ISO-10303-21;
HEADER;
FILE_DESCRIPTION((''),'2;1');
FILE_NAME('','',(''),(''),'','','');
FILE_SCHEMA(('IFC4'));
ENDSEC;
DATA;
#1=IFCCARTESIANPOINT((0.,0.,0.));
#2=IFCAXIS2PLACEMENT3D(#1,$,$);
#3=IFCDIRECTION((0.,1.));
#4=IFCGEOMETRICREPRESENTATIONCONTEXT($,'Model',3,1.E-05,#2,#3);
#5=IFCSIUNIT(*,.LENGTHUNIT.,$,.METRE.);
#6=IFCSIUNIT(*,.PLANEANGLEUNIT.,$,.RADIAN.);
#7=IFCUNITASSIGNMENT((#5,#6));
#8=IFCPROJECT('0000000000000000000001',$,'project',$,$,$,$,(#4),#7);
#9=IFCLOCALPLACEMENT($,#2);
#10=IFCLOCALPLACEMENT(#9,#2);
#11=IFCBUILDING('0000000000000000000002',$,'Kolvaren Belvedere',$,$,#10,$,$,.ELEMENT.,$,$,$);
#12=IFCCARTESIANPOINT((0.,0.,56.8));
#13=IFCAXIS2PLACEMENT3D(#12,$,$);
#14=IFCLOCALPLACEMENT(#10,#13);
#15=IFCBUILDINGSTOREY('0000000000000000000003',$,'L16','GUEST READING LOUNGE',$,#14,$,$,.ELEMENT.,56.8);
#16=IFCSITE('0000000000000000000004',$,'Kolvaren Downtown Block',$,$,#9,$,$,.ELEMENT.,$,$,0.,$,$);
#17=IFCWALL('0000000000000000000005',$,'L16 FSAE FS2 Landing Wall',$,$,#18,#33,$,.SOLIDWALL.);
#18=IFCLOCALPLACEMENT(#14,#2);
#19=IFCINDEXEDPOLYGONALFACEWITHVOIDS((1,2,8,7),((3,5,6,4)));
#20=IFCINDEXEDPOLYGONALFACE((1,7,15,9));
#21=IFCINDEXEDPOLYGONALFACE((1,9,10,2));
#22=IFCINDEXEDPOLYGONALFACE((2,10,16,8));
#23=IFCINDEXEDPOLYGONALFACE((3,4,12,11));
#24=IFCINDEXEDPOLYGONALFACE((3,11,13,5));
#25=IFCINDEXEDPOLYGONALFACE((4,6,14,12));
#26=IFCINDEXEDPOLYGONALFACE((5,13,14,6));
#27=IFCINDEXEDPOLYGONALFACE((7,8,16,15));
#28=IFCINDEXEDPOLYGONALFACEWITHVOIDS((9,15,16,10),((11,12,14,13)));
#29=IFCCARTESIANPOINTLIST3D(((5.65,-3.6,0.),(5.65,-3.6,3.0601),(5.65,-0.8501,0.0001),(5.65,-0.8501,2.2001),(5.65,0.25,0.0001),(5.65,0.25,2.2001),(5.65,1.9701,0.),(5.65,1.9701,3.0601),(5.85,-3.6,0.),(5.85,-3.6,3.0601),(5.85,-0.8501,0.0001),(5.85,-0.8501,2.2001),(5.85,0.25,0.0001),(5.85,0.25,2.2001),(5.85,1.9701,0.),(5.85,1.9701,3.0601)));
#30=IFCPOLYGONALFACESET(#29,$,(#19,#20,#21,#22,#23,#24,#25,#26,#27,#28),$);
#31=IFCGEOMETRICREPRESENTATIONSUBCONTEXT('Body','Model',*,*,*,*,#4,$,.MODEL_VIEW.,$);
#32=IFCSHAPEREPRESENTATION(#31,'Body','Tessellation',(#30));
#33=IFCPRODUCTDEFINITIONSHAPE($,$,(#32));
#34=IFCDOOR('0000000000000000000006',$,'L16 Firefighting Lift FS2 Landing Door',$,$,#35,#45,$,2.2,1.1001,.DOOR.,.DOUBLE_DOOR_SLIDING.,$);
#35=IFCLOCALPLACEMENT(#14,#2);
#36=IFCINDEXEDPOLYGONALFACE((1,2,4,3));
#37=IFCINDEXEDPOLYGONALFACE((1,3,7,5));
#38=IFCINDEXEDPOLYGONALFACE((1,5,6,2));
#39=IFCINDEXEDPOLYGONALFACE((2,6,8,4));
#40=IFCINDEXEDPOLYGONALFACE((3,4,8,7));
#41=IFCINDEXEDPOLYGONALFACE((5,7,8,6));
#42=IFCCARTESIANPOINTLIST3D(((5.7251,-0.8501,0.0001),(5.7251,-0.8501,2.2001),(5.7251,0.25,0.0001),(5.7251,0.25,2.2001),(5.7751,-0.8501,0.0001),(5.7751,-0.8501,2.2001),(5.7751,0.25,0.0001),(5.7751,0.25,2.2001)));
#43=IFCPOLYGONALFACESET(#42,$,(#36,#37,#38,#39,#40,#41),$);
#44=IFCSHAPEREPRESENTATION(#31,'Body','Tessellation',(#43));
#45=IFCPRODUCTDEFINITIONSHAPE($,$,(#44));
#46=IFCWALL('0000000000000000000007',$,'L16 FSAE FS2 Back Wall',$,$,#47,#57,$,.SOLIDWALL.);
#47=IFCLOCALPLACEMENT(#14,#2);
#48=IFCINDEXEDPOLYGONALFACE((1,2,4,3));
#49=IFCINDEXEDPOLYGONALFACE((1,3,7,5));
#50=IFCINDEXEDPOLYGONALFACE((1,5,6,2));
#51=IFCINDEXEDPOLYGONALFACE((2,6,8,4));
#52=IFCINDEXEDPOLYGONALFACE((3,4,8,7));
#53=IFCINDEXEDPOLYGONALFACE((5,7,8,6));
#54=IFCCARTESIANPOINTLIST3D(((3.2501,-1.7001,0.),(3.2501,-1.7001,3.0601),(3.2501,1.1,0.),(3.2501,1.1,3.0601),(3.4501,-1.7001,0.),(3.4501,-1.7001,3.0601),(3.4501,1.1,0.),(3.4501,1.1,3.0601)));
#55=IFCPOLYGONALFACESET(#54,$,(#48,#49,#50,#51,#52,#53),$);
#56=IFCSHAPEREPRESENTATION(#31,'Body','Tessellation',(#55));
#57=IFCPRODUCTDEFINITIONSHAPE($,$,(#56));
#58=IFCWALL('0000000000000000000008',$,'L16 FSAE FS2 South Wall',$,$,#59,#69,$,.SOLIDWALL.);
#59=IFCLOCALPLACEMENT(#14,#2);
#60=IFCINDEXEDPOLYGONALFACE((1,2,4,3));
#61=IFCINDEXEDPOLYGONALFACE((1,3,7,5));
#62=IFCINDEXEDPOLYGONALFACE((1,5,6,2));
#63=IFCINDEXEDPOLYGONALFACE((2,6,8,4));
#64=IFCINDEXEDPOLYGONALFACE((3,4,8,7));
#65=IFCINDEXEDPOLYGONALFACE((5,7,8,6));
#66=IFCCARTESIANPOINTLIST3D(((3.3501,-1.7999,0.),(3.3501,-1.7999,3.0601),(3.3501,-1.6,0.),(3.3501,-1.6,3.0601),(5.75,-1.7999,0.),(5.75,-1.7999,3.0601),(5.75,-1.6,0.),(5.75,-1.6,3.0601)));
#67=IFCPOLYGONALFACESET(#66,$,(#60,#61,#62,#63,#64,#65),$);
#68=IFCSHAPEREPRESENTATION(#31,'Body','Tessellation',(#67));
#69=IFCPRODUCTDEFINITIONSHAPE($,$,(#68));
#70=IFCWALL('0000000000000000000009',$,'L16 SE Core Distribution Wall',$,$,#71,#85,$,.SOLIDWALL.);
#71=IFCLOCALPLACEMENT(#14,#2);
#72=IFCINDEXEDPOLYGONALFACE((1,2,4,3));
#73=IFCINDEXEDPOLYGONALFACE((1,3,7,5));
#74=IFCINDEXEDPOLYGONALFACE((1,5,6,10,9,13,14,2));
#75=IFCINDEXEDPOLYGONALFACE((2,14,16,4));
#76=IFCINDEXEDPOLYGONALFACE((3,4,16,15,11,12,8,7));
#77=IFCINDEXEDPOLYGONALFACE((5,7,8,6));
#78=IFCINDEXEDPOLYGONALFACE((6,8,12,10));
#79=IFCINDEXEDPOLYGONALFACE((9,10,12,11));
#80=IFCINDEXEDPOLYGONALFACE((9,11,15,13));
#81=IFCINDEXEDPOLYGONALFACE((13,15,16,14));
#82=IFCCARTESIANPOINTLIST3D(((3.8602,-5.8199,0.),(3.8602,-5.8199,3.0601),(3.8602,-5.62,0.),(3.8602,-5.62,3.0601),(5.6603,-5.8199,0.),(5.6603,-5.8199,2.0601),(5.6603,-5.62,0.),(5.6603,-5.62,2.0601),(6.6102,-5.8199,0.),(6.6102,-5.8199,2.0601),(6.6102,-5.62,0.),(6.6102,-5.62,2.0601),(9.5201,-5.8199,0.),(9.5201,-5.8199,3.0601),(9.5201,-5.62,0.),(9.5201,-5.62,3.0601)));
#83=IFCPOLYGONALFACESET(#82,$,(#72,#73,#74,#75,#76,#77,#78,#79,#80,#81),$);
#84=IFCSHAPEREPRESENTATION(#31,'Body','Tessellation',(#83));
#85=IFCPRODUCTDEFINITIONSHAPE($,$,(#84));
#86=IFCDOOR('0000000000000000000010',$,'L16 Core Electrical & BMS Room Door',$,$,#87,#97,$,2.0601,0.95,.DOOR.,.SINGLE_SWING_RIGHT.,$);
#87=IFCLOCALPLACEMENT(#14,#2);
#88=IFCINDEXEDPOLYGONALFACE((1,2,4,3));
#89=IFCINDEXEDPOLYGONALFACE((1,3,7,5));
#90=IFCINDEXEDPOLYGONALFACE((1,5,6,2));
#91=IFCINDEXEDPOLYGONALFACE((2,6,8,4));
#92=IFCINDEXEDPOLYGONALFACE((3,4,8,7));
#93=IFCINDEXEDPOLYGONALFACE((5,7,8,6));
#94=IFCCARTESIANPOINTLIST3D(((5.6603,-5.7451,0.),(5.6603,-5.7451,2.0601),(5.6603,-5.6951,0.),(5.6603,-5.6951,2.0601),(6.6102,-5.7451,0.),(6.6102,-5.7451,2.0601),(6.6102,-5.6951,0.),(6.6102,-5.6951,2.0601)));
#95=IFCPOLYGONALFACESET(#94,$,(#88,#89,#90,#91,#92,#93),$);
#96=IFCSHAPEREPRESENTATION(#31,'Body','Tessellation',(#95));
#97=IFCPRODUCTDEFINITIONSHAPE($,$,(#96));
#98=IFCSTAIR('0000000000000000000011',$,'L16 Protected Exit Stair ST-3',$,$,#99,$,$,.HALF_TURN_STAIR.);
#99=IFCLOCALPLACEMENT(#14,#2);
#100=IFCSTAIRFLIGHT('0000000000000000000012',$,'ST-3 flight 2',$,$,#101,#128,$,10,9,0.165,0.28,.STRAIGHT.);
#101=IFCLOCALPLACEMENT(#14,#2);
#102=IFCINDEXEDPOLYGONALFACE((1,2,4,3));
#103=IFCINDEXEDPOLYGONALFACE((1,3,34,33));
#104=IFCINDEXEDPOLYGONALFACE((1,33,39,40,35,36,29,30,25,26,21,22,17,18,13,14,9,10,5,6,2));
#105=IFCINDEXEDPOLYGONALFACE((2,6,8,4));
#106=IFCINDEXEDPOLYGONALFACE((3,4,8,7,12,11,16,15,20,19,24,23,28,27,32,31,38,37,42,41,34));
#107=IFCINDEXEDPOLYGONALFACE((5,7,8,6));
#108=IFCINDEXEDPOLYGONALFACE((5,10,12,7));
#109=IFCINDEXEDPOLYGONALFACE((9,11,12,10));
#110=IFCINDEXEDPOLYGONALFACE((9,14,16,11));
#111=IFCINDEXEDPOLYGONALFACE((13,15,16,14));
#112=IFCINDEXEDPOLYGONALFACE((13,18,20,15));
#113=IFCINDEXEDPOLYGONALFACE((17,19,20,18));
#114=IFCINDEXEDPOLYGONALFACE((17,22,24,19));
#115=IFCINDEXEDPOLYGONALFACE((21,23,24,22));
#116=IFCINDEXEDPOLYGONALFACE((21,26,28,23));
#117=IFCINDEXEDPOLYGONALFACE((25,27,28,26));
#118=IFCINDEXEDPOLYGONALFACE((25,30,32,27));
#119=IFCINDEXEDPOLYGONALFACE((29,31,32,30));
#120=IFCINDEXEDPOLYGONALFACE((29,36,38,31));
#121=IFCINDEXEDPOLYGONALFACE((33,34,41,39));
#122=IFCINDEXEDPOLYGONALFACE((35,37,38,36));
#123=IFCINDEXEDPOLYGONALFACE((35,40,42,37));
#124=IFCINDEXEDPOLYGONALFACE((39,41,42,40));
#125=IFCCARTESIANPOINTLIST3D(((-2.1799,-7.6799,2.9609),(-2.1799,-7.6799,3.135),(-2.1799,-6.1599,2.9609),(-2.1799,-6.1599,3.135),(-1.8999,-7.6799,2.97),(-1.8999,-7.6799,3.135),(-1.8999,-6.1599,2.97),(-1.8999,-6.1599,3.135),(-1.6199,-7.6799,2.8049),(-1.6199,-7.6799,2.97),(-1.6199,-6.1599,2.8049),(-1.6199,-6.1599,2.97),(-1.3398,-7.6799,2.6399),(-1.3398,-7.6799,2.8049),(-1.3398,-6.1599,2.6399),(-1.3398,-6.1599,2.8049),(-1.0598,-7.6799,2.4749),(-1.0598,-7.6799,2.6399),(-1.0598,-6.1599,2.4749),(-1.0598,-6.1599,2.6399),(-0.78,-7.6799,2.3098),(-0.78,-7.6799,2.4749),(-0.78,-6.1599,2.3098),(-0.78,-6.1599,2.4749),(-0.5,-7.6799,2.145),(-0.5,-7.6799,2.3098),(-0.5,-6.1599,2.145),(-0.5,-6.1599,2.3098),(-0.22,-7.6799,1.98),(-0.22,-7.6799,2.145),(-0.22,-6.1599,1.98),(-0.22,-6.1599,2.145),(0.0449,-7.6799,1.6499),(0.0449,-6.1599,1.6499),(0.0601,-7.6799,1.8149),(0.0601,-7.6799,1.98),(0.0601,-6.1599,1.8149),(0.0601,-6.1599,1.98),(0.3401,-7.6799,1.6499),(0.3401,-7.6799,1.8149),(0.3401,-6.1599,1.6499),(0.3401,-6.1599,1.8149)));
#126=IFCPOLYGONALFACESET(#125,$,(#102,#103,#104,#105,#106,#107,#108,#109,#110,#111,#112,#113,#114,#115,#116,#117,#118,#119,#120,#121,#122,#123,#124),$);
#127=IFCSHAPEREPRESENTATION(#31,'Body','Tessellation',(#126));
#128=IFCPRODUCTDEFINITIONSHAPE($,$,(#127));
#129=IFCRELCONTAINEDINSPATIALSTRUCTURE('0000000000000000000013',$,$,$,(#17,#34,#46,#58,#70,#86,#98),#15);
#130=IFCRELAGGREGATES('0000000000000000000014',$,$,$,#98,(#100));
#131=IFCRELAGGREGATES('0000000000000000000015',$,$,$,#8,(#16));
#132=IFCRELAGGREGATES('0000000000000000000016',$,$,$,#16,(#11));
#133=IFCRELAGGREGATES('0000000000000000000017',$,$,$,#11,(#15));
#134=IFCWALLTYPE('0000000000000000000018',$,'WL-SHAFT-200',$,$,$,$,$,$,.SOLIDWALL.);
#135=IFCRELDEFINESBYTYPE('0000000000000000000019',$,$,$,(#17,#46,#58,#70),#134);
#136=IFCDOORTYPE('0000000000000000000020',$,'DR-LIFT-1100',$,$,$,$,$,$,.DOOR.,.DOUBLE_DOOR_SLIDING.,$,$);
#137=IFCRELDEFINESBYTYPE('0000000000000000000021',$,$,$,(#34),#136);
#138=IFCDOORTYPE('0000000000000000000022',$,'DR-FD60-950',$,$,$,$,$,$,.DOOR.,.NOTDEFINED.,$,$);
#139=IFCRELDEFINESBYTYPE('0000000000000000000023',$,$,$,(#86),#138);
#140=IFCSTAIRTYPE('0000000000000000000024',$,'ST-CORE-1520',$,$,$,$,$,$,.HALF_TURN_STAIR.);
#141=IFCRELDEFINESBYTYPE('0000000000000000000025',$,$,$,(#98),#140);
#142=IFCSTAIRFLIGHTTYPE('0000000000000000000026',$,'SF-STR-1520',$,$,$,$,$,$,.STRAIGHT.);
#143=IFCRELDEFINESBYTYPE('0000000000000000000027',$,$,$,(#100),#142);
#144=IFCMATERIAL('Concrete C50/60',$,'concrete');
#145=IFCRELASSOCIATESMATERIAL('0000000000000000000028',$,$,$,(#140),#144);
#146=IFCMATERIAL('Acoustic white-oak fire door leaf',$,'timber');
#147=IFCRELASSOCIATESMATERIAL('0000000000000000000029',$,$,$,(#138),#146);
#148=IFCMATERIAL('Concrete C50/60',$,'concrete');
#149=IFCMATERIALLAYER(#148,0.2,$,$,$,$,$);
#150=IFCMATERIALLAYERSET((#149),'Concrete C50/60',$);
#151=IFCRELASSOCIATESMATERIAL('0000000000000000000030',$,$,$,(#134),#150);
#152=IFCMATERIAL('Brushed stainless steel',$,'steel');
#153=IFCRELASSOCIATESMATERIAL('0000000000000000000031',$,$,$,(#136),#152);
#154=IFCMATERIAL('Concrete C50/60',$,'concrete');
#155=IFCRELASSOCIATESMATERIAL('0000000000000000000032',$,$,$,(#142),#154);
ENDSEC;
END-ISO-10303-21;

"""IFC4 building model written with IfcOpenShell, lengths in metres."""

from ifc_helpers import new_model, si_unit, direction, frame, frame_2d, origin, place, context, subcontext, project, spatial, polyline, rectangle, outline, extrude, material, layer, layer_set, type_object, element, fill, aggregate, save


model = new_model("IFC4")

# Units and contexts
model_context = context("Model", 3, precision=1e-05, world=origin(), true_north=direction((0.0, 1.0)))
body_context = subcontext(model_context, "Body", "Model", "MODEL_VIEW")
ifc_project = project(units=[si_unit("LENGTHUNIT", "METRE"), si_unit("PLANEANGLEUNIT", "RADIAN")], contexts=[model_context])

# Site, building, storey
site_placement = place(None, origin())
site = spatial("IfcSite", under=ifc_project, at=site_placement, Name="Kolvaren Downtown Block", CompositionType="ELEMENT", RefElevation=0.0)
building_placement = place(site_placement, origin())
building = spatial("IfcBuilding", under=site, at=building_placement, Name="Kolvaren Belvedere", CompositionType="ELEMENT")
storey_placement = place(building_placement, frame((0.0, 0.0, 56.8)))
storey = spatial("IfcBuildingStorey", under=building, at=storey_placement, Name="L16", Description="GUEST READING LOUNGE", CompositionType="ELEMENT", Elevation=56.8)

# Shared definitions
ifc_material_1 = material(Name="Concrete C50/60", Category="concrete")
stair_type = type_object("IfcStairType", Name="ST-CORE-1520", PredefinedType="HALF_TURN_STAIR", material=ifc_material_1)

# Wall, opening, door
ifc_material_2 = material(Name="Acoustic white-oak fire door leaf", Category="timber")
door_type_1 = type_object("IfcDoorType", Name="DR-FD60-950", OperationType="NOTDEFINED", PredefinedType="DOOR", material=ifc_material_2)
ifc_material_3 = material(Name="Concrete C50/60", Category="concrete")
ifc_layer_1 = layer(ifc_material_3, 0.2)
ifc_layer_set_1 = layer_set([ifc_layer_1], Name="Concrete C50/60")
wall_type_1 = type_object("IfcWallType", Name="WL-SHAFT-200", PredefinedType="SOLIDWALL", material=ifc_layer_set_1)
wall_1_placement = place(storey_placement, frame((5.75, -3.6001, 0.0), z_axis=(0.0, 0.0, 1.0), x_axis=(0.0, 1.0, 0.0)))
wall_1 = element("IfcWall", 1, at=wall_1_placement, inside=storey, type_object=wall_type_1, Name="L16 FSAE FS2 Landing Wall", PredefinedType="SOLIDWALL", context=body_context, shape_type="SweptSolid", body=[
    extrude(rectangle(XDim=5.5701, YDim=0.2, at=frame_2d((2.7852, 0.0))), origin(), (0.0, 0.0, 1.0), 3.0601),
])
opening_1_placement = place(wall_1_placement, frame((2.75, 0.0, 0.0)))
opening_1 = element("IfcOpeningElement", 2, at=opening_1_placement, cuts=wall_1, PredefinedType="OPENING", context=body_context, shape_type="SweptSolid", body=[
    extrude(rectangle(XDim=1.1001, YDim=2.2, at=frame_2d((0.55, 1.1001))), frame((0.0, 0.1099, 0.0), z_axis=(0.0, -1.0, 0.0), x_axis=(1.0, 0.0, 0.0)), (0.0, 0.0, 1.0), 0.22),
])
ifc_material_4 = material(Name="Brushed stainless steel", Category="steel")
door_type_2 = type_object("IfcDoorType", Name="DR-LIFT-1100", OperationType="DOUBLE_DOOR_SLIDING", PredefinedType="DOOR", material=ifc_material_4)
door_1_placement = place(opening_1_placement, origin())
door_1 = element("IfcDoor", 3, at=door_1_placement, inside=storey, type_object=door_type_2, Name="L16 Firefighting Lift FS2 Landing Door", OperationType="DOUBLE_DOOR_SLIDING", OverallHeight=2.2, OverallWidth=1.1001, PredefinedType="DOOR", context=body_context, shape_type="SweptSolid", body=[
    extrude(rectangle(XDim=1.1001, YDim=2.2, at=frame_2d((0.55, 1.1001))), frame((0.0, 0.0249, 0.0), z_axis=(0.0, -1.0, 0.0), x_axis=(1.0, 0.0, 0.0)), (0.0, 0.0, 1.0), 0.05),
])
fill(opening_1, door_1)

# Walls
wall_2_placement = place(storey_placement, frame((3.3501, -1.7, 0.0), z_axis=(0.0, 0.0, 1.0), x_axis=(0.0, 1.0, 0.0)))
element("IfcWall", 4, at=wall_2_placement, inside=storey, type_object=wall_type_1, Name="L16 FSAE FS2 Back Wall", PredefinedType="SOLIDWALL", context=body_context, shape_type="SweptSolid", body=[
    extrude(rectangle(XDim=2.8, YDim=0.2, at=frame_2d((1.3999, 0.0))), origin(), (0.0, 0.0, 1.0), 3.0601),
])
wall_3_placement = place(storey_placement, frame((3.3501, -1.7, 0.0), z_axis=(0.0, 0.0, 1.0), x_axis=(1.0, 0.0, 0.0)))
element("IfcWall", 5, at=wall_3_placement, inside=storey, type_object=wall_type_1, Name="L16 FSAE FS2 South Wall", PredefinedType="SOLIDWALL", context=body_context, shape_type="SweptSolid", body=[
    extrude(rectangle(XDim=2.3999, YDim=0.2, at=frame_2d((1.2, 0.0))), origin(), (0.0, 0.0, 1.0), 3.0601),
])

# Wall, opening, door
wall_4_placement = place(storey_placement, frame((3.8601, -5.72, 0.0), z_axis=(0.0, 0.0, 1.0), x_axis=(1.0, 0.0, 0.0)))
wall_4 = element("IfcWall", 6, at=wall_4_placement, inside=storey, type_object=wall_type_1, Name="L16 SE Core Distribution Wall", PredefinedType="SOLIDWALL", context=body_context, shape_type="SweptSolid", body=[
    extrude(rectangle(XDim=5.6599, YDim=0.2, at=frame_2d((2.8301, 0.0))), origin(), (0.0, 0.0, 1.0), 3.0601),
])
opening_2_placement = place(wall_4_placement, frame((1.8, 0.0, 0.0)))
opening_2 = element("IfcOpeningElement", 7, at=opening_2_placement, cuts=wall_4, PredefinedType="OPENING", context=body_context, shape_type="SweptSolid", body=[
    extrude(rectangle(XDim=0.95, YDim=2.0601, at=frame_2d((0.4751, 1.03))), frame((0.0, 0.1099, 0.0), z_axis=(0.0, -1.0, 0.0), x_axis=(1.0, 0.0, 0.0)), (0.0, 0.0, 1.0), 0.22),
])
door_2_placement = place(opening_2_placement, origin())
door_2 = element("IfcDoor", 8, at=door_2_placement, inside=storey, type_object=door_type_1, Name="L16 Core Electrical & BMS Room Door", OperationType="SINGLE_SWING_RIGHT", OverallHeight=2.0601, OverallWidth=0.95, PredefinedType="DOOR", context=body_context, shape_type="SweptSolid", body=[
    extrude(rectangle(XDim=0.95, YDim=2.0601, at=frame_2d((0.4751, 1.03))), frame((0.0, 0.0249, 0.0), z_axis=(0.0, -1.0, 0.0), x_axis=(1.0, 0.0, 0.0)), (0.0, 0.0, 1.0), 0.05),
])
fill(opening_2, door_2)

# Stair, stair flight
stair_1_placement = place(storey_placement, origin())
stair_1 = element("IfcStair", 9, at=stair_1_placement, inside=storey, type_object=stair_type, Name="L16 Protected Exit Stair ST-3", PredefinedType="HALF_TURN_STAIR")
ifc_material_5 = material(Name="Concrete C50/60", Category="concrete")
stair_flight_type = type_object("IfcStairFlightType", Name="SF-STR-1520", PredefinedType="STRAIGHT", material=ifc_material_5)
stair_flight_placement = place(storey_placement, frame((0.3401, -6.9199, 1.6499), z_axis=(0.0, 0.0, 1.0), x_axis=(-1.0, 0.0, 0.0)))
stair_flight = element("IfcStairFlight", 10, at=stair_flight_placement, type_object=stair_flight_type, Name="ST-3 flight 2", NumberOfRisers=10, NumberOfTreads=9, PredefinedType="STRAIGHT", RiserHeight=0.165, TreadLength=0.28, context=body_context, shape_type="SweptSolid", body=[
    extrude(outline(polyline([(0.0, 0.0), (0.0, 0.165), (0.28, 0.165), (0.28, 0.3301), (0.5601, 0.3301), (0.5601, 0.4951), (0.8401, 0.4951), (0.8401, 0.6599), (1.1201, 0.6599), (1.1201, 0.825), (1.3999, 0.825), (1.3999, 0.99), (1.6799, 0.99), (1.6799, 1.155), (1.96, 1.155), (1.96, 1.3201), (2.24, 1.3201), (2.24, 1.4851), (2.52, 1.4851), (2.52, 1.6499), (2.52, 1.311), (0.2952, 0.0), (0.0, 0.0)])), frame((0.0, 0.76, 0.0), z_axis=(0.0, -1.0, 0.0), x_axis=(1.0, 0.0, 0.0)), (0.0, 0.0, 1.0), 1.52),
])
aggregate(stair_1, [stair_flight])

save(model, "model.ifc")
